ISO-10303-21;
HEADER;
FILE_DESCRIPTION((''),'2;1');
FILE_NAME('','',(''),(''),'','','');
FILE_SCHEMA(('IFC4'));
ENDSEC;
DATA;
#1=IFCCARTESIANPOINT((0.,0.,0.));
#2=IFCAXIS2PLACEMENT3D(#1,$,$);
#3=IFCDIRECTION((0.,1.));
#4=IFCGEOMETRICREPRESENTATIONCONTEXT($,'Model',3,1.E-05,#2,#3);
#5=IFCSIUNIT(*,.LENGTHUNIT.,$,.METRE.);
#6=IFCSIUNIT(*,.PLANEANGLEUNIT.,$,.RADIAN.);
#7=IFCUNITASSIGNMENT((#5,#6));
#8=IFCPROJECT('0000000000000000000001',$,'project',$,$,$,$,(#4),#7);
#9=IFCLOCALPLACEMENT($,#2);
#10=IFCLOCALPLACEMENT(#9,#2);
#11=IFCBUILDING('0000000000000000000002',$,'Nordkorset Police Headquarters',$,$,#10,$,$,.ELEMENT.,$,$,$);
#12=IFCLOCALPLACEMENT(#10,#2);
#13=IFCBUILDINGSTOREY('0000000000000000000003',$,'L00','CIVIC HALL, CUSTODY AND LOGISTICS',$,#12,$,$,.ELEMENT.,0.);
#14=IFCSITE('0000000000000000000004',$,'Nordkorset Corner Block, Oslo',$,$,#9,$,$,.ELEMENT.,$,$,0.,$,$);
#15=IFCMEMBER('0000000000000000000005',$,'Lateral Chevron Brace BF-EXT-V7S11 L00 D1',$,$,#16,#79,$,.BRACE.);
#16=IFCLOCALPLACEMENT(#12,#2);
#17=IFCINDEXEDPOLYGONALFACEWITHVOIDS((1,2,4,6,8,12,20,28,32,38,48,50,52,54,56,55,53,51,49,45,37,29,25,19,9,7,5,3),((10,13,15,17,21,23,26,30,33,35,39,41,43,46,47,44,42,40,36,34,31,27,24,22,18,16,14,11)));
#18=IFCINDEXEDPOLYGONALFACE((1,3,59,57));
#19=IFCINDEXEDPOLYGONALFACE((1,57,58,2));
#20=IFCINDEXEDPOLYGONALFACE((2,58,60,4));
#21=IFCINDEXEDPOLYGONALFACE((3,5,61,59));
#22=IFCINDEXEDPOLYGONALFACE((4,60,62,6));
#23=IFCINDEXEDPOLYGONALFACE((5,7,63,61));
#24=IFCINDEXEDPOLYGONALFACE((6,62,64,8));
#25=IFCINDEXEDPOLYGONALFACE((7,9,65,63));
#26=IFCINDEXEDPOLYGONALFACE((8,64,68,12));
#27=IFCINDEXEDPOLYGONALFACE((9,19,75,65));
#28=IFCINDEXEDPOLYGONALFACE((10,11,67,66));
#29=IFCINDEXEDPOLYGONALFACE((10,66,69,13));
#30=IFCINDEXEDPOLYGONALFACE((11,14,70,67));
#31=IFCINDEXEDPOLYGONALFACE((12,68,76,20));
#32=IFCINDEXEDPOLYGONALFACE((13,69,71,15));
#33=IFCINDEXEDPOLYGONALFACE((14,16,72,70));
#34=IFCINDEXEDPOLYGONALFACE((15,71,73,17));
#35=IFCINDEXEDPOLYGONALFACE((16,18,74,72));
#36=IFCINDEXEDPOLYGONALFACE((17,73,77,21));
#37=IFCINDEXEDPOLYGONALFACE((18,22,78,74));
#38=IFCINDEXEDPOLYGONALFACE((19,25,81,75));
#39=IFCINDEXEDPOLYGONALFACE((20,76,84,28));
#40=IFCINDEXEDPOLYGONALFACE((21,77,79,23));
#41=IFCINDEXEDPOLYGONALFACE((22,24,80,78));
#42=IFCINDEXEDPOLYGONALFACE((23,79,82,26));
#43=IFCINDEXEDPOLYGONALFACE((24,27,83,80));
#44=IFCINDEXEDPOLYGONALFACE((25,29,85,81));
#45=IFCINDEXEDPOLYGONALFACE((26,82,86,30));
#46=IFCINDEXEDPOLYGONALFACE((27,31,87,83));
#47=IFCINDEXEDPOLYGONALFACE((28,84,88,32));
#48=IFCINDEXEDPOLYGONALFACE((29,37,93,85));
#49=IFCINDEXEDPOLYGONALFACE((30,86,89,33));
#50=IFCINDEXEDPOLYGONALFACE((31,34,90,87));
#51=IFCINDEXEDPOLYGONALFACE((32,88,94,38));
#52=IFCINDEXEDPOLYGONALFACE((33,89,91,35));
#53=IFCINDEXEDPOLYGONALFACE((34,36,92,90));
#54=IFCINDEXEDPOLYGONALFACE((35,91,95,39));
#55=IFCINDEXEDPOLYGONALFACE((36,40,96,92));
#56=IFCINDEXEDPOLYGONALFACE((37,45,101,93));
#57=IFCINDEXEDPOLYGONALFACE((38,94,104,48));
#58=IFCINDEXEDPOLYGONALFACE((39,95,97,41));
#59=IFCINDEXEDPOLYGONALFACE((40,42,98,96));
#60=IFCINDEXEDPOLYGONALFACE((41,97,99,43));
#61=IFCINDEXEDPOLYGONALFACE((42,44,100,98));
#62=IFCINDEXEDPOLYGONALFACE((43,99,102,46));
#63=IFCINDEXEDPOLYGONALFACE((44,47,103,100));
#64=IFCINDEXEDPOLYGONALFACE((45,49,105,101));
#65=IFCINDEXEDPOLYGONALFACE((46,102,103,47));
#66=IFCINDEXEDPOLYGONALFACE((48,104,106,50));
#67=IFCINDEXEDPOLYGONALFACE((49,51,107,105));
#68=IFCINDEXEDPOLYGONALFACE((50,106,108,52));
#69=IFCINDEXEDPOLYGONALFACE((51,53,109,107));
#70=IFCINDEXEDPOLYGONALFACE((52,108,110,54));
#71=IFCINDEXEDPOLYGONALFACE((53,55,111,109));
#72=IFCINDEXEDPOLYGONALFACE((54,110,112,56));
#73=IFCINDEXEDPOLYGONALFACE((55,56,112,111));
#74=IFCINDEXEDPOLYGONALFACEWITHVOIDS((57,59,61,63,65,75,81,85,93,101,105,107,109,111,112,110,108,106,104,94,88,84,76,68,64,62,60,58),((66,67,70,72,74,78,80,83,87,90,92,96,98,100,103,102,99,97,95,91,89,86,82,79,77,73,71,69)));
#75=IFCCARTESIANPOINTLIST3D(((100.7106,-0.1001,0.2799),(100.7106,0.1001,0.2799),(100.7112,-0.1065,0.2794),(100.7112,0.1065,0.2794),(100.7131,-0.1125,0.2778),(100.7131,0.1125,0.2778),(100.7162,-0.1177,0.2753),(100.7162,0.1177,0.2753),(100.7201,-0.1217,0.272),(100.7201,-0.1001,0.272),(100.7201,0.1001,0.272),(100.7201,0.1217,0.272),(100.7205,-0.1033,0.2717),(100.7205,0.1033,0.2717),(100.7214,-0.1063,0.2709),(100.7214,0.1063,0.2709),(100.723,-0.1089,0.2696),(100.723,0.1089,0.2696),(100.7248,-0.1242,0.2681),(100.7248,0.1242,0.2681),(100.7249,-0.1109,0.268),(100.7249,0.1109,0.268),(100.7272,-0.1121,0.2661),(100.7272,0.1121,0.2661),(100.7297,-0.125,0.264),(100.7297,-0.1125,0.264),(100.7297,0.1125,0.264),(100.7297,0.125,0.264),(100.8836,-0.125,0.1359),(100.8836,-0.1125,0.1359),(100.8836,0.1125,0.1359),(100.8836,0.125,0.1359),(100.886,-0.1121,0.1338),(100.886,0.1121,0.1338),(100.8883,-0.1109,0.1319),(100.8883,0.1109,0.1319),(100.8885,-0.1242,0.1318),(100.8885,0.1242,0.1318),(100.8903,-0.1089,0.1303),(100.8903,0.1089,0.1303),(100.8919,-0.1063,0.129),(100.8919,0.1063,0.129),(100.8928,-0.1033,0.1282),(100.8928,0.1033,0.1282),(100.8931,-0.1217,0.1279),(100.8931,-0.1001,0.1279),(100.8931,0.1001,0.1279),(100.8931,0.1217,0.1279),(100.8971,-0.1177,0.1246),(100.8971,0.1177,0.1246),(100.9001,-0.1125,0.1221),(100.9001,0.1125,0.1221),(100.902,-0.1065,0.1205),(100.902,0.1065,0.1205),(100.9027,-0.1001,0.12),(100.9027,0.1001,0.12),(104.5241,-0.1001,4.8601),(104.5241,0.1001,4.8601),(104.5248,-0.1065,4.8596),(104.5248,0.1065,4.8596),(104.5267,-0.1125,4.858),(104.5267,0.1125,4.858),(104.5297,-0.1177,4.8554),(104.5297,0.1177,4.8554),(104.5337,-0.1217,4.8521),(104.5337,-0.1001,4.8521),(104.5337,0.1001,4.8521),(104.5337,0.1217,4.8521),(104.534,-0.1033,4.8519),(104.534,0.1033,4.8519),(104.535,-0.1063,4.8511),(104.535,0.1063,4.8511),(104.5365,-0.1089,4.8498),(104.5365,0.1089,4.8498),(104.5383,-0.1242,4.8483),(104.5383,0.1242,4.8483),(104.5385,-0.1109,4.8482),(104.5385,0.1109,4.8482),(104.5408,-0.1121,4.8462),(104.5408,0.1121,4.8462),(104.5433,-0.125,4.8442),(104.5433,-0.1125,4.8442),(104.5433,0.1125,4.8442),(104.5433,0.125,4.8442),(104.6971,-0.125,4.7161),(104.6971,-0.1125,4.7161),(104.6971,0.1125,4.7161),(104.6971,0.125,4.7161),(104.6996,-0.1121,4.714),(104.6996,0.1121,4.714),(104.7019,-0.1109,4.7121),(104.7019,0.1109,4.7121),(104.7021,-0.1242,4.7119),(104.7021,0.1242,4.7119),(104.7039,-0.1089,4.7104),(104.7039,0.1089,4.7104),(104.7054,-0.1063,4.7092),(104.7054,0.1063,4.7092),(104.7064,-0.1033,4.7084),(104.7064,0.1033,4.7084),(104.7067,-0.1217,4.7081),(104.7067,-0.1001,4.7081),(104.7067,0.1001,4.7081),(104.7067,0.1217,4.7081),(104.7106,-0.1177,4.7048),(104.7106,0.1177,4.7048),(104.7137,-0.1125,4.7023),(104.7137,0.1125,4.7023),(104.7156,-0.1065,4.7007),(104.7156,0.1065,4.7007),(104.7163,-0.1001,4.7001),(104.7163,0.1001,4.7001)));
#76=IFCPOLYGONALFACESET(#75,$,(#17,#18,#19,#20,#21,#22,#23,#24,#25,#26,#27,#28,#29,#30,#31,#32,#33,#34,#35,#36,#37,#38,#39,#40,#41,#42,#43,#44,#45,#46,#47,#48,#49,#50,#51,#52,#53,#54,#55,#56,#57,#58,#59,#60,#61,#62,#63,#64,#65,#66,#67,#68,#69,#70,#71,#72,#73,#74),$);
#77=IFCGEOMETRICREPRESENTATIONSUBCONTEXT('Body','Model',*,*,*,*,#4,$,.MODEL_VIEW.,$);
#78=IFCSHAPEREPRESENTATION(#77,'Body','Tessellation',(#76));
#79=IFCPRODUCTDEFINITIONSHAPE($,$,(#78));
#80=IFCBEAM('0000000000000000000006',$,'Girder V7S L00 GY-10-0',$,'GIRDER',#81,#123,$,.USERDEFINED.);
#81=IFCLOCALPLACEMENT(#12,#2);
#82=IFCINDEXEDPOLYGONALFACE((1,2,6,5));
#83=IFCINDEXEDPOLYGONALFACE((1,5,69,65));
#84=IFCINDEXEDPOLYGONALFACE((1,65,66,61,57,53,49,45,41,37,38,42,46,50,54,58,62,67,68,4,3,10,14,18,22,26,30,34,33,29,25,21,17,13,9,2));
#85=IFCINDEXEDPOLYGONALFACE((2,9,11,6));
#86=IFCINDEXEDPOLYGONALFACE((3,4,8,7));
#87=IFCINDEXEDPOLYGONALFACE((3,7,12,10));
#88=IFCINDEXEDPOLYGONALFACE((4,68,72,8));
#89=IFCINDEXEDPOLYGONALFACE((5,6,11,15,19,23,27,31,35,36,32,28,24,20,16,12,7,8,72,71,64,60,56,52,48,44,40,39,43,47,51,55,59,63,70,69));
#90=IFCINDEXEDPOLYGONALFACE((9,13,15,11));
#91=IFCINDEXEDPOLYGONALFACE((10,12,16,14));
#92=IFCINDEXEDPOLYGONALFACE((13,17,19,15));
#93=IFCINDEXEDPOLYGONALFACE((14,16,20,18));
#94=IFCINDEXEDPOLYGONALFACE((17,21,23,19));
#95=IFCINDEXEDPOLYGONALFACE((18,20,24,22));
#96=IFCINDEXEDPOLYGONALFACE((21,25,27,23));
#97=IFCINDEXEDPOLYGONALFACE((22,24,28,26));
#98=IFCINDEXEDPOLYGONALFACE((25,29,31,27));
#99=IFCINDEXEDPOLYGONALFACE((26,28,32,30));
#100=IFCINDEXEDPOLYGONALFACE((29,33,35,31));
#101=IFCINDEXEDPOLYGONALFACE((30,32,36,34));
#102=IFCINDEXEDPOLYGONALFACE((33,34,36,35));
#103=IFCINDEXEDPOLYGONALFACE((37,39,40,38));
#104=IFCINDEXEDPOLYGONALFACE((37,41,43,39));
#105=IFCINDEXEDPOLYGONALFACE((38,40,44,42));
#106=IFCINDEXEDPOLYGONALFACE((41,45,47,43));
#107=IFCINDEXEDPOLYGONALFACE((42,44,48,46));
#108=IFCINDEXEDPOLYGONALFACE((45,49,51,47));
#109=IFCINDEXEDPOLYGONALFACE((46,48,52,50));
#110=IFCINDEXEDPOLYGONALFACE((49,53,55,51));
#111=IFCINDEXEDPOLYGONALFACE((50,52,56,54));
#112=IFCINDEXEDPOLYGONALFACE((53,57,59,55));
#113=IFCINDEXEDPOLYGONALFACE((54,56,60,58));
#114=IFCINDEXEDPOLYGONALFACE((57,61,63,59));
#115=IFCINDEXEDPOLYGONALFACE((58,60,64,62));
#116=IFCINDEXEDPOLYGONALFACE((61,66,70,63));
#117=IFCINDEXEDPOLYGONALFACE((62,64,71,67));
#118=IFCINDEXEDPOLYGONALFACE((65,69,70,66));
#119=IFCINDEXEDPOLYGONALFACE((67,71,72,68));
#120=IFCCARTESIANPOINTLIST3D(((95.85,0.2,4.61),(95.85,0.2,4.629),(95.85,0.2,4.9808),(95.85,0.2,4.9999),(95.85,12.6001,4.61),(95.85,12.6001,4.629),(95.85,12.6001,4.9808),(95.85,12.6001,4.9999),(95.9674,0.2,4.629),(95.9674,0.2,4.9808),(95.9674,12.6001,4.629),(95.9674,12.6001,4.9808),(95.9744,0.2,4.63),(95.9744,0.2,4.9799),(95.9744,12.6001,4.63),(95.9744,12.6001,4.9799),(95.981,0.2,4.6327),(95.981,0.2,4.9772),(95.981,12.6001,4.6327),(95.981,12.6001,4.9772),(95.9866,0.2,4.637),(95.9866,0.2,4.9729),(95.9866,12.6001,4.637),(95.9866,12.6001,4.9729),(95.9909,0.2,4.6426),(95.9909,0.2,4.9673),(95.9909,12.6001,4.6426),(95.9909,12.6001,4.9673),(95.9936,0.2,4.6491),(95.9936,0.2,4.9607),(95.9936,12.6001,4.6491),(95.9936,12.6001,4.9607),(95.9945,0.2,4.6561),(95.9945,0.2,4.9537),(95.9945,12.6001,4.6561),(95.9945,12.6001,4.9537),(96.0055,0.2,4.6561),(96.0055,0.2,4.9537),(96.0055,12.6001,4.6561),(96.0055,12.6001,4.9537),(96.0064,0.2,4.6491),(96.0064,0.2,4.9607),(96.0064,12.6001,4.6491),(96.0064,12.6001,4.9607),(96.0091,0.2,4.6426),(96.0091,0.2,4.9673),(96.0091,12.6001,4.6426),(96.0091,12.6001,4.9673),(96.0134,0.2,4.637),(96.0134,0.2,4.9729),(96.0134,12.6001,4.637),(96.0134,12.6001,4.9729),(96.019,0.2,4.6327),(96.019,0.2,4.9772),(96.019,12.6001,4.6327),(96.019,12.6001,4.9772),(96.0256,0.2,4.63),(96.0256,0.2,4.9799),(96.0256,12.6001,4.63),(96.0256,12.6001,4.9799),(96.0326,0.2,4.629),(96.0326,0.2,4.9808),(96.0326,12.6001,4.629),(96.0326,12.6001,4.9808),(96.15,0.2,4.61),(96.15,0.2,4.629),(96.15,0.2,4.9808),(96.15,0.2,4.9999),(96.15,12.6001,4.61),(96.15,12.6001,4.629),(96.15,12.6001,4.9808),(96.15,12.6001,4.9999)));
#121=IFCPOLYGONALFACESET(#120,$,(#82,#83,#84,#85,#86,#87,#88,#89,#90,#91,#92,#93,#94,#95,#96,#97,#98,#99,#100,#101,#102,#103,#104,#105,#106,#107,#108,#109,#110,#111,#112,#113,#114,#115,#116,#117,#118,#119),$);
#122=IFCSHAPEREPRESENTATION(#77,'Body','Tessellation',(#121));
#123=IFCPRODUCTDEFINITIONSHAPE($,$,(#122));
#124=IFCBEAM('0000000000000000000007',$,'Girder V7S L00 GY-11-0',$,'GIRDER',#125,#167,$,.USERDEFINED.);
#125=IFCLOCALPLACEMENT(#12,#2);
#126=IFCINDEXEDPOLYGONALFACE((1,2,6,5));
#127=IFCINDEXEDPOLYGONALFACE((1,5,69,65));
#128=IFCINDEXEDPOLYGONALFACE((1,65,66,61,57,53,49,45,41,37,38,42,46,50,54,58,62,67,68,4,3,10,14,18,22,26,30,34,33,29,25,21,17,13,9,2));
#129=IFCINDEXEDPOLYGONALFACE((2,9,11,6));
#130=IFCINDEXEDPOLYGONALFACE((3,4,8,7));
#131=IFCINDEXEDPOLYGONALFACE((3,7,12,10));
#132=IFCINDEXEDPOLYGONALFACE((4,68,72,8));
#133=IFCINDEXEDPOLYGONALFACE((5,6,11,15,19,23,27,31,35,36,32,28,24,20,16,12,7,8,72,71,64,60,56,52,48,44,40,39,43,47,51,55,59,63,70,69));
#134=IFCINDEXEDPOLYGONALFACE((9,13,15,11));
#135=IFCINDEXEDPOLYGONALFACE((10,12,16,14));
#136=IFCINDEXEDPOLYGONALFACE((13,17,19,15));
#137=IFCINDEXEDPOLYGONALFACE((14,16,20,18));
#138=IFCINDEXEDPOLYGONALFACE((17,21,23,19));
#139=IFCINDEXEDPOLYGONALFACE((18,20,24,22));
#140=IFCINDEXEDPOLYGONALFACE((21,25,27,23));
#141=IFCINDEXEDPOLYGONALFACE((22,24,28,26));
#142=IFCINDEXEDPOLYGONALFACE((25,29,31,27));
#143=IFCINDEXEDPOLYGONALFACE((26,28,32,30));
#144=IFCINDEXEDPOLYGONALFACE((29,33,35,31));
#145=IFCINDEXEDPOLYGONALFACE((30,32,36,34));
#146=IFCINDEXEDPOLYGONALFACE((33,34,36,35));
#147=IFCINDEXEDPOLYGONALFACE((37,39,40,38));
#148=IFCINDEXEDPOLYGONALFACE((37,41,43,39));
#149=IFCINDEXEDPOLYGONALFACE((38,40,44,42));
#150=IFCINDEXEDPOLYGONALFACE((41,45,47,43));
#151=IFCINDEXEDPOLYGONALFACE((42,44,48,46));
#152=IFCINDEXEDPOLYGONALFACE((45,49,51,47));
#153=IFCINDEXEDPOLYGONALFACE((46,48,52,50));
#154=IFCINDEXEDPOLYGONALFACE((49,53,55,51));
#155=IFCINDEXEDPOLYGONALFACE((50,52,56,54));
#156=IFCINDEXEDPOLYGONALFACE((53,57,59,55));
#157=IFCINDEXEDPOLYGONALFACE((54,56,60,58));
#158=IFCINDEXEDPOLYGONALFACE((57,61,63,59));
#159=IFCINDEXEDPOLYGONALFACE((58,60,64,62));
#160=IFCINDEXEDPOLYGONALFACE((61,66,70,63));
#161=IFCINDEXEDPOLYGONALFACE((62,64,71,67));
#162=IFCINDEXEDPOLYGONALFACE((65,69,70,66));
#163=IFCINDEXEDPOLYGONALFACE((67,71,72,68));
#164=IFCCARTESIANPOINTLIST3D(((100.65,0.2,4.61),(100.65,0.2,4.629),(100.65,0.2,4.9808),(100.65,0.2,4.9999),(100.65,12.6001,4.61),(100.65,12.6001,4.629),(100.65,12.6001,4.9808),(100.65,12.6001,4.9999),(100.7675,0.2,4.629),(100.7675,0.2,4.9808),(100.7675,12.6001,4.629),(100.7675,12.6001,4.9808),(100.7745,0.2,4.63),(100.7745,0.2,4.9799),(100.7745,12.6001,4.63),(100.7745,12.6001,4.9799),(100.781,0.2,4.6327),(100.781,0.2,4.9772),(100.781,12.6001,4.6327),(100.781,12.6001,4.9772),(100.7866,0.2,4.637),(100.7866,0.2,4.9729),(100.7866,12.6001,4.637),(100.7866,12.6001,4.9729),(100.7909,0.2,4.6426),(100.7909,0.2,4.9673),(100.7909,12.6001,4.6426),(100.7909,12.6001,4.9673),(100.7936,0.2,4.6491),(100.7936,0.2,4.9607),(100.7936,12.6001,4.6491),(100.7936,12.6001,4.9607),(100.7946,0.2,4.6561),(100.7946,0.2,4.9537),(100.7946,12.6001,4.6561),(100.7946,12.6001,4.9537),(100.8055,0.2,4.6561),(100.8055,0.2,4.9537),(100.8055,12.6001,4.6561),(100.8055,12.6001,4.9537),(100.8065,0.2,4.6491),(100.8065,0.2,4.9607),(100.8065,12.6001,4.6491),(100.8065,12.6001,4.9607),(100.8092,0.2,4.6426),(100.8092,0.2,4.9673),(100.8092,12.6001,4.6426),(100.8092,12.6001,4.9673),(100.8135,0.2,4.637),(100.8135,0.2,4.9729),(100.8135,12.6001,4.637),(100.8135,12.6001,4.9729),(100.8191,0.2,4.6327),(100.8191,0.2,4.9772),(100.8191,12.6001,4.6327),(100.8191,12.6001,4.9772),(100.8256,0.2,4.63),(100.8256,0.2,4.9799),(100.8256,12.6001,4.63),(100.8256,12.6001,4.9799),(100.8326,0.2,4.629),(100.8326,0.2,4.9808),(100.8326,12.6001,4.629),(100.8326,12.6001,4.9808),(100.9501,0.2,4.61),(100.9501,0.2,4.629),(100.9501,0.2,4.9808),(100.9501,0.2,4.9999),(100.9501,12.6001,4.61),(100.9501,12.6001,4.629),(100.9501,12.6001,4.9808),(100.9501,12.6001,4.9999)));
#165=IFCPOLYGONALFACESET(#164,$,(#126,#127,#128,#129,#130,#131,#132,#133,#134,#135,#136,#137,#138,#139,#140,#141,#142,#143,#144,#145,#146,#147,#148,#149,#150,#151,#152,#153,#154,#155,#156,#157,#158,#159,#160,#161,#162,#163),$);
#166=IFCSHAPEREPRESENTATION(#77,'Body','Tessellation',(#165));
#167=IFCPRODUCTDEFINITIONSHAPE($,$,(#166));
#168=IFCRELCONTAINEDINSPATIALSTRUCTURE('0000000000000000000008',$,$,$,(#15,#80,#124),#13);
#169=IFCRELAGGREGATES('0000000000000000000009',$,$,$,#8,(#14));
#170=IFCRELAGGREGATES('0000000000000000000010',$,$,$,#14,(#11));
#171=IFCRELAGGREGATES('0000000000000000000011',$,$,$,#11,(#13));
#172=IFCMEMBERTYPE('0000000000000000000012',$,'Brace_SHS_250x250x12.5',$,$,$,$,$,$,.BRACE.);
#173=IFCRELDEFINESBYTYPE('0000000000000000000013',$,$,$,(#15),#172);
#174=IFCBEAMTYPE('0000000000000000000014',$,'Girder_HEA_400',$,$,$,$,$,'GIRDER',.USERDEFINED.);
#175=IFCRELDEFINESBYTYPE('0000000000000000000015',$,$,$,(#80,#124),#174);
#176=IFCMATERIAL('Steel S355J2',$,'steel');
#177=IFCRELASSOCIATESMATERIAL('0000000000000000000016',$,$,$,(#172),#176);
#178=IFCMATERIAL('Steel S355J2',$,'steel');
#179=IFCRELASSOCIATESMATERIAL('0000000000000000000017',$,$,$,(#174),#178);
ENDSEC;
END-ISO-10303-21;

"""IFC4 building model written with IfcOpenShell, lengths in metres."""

from ifc_helpers import new_model, si_unit, direction, frame, origin, origin_2d, place, context, subcontext, project, spatial, hollow_rectangle, i_section, extrude, material, material_profile, profile_set, type_object, element, save


model = new_model("IFC4")

# Units and contexts
model_context = context("Model", 3, precision=1e-05, world=origin(), true_north=direction((0.0, 1.0)))
body_context = subcontext(model_context, "Body", "Model", "MODEL_VIEW")
ifc_project = project(units=[si_unit("LENGTHUNIT", "METRE"), si_unit("PLANEANGLEUNIT", "RADIAN")], contexts=[model_context])

# Site, building, storey
site_placement = place(None, origin())
site = spatial("IfcSite", under=ifc_project, at=site_placement, Name="Nordkorset Corner Block, Oslo", CompositionType="ELEMENT", RefElevation=0.0)
building_placement = place(site_placement, origin())
building = spatial("IfcBuilding", under=site, at=building_placement, Name="Nordkorset Police Headquarters", CompositionType="ELEMENT")
storey_placement = place(building_placement, origin())
storey = spatial("IfcBuildingStorey", under=building, at=storey_placement, Name="L00", Description="CIVIC HALL, CUSTODY AND LOGISTICS", CompositionType="ELEMENT", Elevation=0.0)

# Member
ifc_material_1 = material(Name="Steel S355J2", Category="steel")
ifc_material_profile_1 = material_profile(ifc_material_1, hollow_rectangle(XDim=0.25, YDim=0.25, WallThickness=0.0125, InnerFilletRadius=0.0125, OuterFilletRadius=0.0249, at=origin_2d()), Name="SHS 250x250x12.5")
ifc_profile_set_1 = profile_set([ifc_material_profile_1], Name="Steel S355J2")
member_type = type_object("IfcMemberType", Name="Brace_SHS_250x250x12.5", PredefinedType="BRACE", material=ifc_profile_set_1)
member_placement = place(storey_placement, frame((100.8066, 0.0, 0.2), z_axis=(0.639862, 0.0, 0.76849), x_axis=(0.0, 1.0, 0.0)))
element("IfcMember", 1, at=member_placement, inside=storey, type_object=member_type, Name="Lateral Chevron Brace BF-EXT-V7S11 L00 D1", PredefinedType="BRACE", context=body_context, shape_type="SweptSolid", body=[
    extrude(hollow_rectangle(XDim=0.25, YDim=0.25, WallThickness=0.0125, InnerFilletRadius=0.0125, OuterFilletRadius=0.0249, at=origin_2d()), origin(), (0.0, 0.0, 1.0), 5.96),
])

# Beams
ifc_material_2 = material(Name="Steel S355J2", Category="steel")
ifc_material_profile_2 = material_profile(ifc_material_2, i_section(OverallWidth=0.3, OverallDepth=0.3899, WebThickness=0.011, FlangeThickness=0.019, FilletRadius=0.0271, at=origin_2d()), Name="HEA 400")
ifc_profile_set_2 = profile_set([ifc_material_profile_2], Name="Steel S355J2")
beam_type_1 = type_object("IfcBeamType", Name="Girder_HEA_400", ElementType="GIRDER", PredefinedType="USERDEFINED", material=ifc_profile_set_2)
for number, where, z_axis, x_axis, name in (
    (2, (96.0, 0.2, 4.8049), (0.0, 1.0, 0.0), (-1.0, 0.0, 0.0), "Girder V7S L00 GY-10-0"),
    (3, (100.8, 0.2, 4.8049), (0.0, 1.0, 0.0), (-1.0, 0.0, 0.0), "Girder V7S L00 GY-11-0"),
):
    element("IfcBeam", number, at=place(storey_placement, frame(where, z_axis=z_axis, x_axis=x_axis)), inside=storey, type_object=beam_type_1, Name=name, ObjectType="GIRDER", PredefinedType="USERDEFINED", context=body_context, shape_type="SweptSolid", body=[
        extrude(i_section(OverallWidth=0.3, OverallDepth=0.3899, WebThickness=0.011, FlangeThickness=0.019, FilletRadius=0.0271, at=origin_2d()), origin(), (0.0, 0.0, 1.0), 12.4001),
    ])

save(model, "model.ifc")
